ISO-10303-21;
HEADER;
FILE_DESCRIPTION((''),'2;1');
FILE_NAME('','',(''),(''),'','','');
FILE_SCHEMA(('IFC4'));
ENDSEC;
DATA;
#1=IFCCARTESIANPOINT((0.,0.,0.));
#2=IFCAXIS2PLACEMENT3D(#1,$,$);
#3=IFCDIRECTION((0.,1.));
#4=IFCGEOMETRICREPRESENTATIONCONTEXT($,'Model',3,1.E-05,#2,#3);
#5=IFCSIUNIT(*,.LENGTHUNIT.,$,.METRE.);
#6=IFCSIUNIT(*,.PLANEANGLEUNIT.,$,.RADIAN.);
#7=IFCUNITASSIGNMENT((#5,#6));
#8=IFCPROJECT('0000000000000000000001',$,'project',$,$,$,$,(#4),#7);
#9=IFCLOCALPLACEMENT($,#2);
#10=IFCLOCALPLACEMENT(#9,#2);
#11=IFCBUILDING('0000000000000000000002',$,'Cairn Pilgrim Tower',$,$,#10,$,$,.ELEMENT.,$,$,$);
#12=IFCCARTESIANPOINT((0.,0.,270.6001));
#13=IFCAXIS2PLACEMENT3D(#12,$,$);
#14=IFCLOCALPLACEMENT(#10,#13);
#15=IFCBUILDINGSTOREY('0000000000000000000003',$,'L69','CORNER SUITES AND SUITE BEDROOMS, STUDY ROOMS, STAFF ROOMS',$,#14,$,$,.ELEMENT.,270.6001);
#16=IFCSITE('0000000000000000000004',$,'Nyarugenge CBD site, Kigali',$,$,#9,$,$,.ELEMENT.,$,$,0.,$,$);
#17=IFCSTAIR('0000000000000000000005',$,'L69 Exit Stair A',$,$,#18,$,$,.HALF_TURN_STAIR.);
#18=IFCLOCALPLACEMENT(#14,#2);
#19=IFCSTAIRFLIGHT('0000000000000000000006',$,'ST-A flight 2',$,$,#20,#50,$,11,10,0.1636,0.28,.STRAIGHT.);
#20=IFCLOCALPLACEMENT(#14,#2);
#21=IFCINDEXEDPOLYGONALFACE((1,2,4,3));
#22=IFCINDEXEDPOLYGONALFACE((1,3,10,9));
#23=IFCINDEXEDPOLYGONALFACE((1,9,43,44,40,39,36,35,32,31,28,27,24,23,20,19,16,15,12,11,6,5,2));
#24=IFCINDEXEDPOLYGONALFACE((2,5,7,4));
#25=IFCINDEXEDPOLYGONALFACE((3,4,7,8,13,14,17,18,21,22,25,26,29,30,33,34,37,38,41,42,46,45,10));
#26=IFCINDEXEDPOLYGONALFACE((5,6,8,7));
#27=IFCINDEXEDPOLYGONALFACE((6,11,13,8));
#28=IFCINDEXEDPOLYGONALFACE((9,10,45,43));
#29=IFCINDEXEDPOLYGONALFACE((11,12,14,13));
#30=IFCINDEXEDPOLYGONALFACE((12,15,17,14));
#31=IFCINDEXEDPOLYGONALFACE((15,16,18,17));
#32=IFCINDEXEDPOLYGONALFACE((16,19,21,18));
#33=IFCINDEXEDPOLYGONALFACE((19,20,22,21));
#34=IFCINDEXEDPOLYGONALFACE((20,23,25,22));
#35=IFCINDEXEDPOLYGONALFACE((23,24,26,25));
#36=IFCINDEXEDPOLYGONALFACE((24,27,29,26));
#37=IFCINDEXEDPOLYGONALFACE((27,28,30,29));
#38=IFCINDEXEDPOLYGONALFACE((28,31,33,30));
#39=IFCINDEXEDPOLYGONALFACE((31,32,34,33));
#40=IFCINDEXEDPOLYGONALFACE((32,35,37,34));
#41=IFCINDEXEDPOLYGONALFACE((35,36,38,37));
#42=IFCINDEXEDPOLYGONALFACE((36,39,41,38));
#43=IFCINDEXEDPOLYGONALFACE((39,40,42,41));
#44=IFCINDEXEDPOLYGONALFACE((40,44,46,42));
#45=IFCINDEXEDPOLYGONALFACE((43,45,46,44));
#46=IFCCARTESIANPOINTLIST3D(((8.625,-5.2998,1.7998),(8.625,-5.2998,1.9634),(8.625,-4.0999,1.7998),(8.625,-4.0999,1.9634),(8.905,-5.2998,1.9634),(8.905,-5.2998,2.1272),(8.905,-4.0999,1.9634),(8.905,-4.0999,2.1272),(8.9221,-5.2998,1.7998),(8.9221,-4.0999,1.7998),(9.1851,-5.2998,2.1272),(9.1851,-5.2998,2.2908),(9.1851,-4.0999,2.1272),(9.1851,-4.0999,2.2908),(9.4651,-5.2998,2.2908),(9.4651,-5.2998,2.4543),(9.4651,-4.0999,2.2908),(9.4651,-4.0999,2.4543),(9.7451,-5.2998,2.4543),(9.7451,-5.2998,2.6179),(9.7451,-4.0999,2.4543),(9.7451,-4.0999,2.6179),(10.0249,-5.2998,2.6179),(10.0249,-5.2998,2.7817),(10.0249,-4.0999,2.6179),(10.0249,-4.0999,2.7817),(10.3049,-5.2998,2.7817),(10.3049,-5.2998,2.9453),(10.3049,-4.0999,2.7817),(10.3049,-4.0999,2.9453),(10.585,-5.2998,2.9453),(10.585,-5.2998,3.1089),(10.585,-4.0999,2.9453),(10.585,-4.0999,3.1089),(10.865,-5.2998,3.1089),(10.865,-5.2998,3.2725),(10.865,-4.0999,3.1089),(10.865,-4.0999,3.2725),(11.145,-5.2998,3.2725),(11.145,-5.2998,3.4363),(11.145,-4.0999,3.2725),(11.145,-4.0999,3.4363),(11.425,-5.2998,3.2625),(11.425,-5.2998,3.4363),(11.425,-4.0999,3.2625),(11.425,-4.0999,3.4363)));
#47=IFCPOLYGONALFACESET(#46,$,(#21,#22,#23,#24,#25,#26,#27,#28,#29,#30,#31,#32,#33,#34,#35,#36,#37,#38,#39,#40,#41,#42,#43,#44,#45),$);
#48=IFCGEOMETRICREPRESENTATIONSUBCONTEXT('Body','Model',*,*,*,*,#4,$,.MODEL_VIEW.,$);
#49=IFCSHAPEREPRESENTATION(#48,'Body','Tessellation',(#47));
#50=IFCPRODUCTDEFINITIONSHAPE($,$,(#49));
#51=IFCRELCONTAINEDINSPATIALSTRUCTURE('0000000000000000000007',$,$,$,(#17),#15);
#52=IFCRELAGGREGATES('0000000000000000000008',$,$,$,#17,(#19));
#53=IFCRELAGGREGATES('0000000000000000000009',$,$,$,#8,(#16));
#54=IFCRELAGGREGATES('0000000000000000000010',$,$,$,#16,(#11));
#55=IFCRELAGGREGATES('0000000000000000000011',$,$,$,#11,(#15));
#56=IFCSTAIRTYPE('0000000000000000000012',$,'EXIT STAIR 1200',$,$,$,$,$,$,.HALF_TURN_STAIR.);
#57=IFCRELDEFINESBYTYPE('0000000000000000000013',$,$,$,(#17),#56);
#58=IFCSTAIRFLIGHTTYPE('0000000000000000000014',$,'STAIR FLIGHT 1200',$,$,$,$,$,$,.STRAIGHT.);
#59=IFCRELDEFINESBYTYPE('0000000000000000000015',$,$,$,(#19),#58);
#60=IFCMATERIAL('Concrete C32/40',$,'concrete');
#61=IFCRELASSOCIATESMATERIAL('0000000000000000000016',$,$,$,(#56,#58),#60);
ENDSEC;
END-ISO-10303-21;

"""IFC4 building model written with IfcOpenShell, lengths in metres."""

from ifc_helpers import new_model, si_unit, direction, frame, origin, place, context, subcontext, project, spatial, polyline, outline, extrude, material, type_object, element, aggregate, save


model = new_model("IFC4")

# Units and contexts
model_context = context("Model", 3, precision=1e-05, world=origin(), true_north=direction((0.0, 1.0)))
body_context = subcontext(model_context, "Body", "Model", "MODEL_VIEW")
ifc_project = project(units=[si_unit("LENGTHUNIT", "METRE"), si_unit("PLANEANGLEUNIT", "RADIAN")], contexts=[model_context])

# Site, building, storey
site_placement = place(None, origin())
site = spatial("IfcSite", under=ifc_project, at=site_placement, Name="Nyarugenge CBD site, Kigali", CompositionType="ELEMENT", RefElevation=0.0)
building_placement = place(site_placement, origin())
building = spatial("IfcBuilding", under=site, at=building_placement, Name="Cairn Pilgrim Tower", CompositionType="ELEMENT")
storey_placement = place(building_placement, frame((0.0, 0.0, 270.6001)))
storey = spatial("IfcBuildingStorey", under=building, at=storey_placement, Name="L69", Description="CORNER SUITES AND SUITE BEDROOMS, STUDY ROOMS, STAFF ROOMS", CompositionType="ELEMENT", Elevation=270.6001)

# Shared definitions
ifc_material_1 = material(Name="Concrete C32/40", Category="concrete")

# Stair, stair flight
stair_type = type_object("IfcStairType", Name="EXIT STAIR 1200", PredefinedType="HALF_TURN_STAIR", material=ifc_material_1)
stair_placement = place(storey_placement, origin())
stair = element("IfcStair", 1, at=stair_placement, inside=storey, type_object=stair_type, Name="L69 Exit Stair A", PredefinedType="HALF_TURN_STAIR")
stair_flight_type = type_object("IfcStairFlightType", Name="STAIR FLIGHT 1200", PredefinedType="STRAIGHT", material=ifc_material_1)
stair_flight_1_placement = place(storey_placement, frame((8.625, -4.7, 1.7998), z_axis=(0.0, 0.0, 1.0), x_axis=(1.0, 0.0, 0.0)))
stair_flight_1 = element("IfcStairFlight", 2, at=stair_flight_1_placement, type_object=stair_flight_type, Name="ST-A flight 2", NumberOfRisers=11, NumberOfTreads=10, PredefinedType="STRAIGHT", RiserHeight=0.1636, TreadLength=0.28, context=body_context, shape_type="SweptSolid", body=[
    extrude(outline(polyline([(0.0, 0.0), (0.0, 0.1636), (0.28, 0.1636), (0.28, 0.3274), (0.5601, 0.3274), (0.5601, 0.491), (0.8401, 0.491), (0.8401, 0.6545), (1.1201, 0.6545), (1.1201, 0.8181), (1.3999, 0.8181), (1.3999, 0.9819), (1.6799, 0.9819), (1.6799, 1.1455), (1.96, 1.1455), (1.96, 1.3091), (2.24, 1.3091), (2.24, 1.4727), (2.52, 1.4727), (2.52, 1.6365), (2.8, 1.6365), (2.8, 1.8), (2.8, 1.4626), (0.2971, 0.0), (0.0, 0.0)])), frame((0.0, 0.6001, 0.0), z_axis=(0.0, -1.0, 0.0), x_axis=(1.0, 0.0, 0.0)), (0.0, 0.0, 1.0), 1.2),
])
aggregate(stair, [stair_flight_1])

save(model, "model.ifc")
